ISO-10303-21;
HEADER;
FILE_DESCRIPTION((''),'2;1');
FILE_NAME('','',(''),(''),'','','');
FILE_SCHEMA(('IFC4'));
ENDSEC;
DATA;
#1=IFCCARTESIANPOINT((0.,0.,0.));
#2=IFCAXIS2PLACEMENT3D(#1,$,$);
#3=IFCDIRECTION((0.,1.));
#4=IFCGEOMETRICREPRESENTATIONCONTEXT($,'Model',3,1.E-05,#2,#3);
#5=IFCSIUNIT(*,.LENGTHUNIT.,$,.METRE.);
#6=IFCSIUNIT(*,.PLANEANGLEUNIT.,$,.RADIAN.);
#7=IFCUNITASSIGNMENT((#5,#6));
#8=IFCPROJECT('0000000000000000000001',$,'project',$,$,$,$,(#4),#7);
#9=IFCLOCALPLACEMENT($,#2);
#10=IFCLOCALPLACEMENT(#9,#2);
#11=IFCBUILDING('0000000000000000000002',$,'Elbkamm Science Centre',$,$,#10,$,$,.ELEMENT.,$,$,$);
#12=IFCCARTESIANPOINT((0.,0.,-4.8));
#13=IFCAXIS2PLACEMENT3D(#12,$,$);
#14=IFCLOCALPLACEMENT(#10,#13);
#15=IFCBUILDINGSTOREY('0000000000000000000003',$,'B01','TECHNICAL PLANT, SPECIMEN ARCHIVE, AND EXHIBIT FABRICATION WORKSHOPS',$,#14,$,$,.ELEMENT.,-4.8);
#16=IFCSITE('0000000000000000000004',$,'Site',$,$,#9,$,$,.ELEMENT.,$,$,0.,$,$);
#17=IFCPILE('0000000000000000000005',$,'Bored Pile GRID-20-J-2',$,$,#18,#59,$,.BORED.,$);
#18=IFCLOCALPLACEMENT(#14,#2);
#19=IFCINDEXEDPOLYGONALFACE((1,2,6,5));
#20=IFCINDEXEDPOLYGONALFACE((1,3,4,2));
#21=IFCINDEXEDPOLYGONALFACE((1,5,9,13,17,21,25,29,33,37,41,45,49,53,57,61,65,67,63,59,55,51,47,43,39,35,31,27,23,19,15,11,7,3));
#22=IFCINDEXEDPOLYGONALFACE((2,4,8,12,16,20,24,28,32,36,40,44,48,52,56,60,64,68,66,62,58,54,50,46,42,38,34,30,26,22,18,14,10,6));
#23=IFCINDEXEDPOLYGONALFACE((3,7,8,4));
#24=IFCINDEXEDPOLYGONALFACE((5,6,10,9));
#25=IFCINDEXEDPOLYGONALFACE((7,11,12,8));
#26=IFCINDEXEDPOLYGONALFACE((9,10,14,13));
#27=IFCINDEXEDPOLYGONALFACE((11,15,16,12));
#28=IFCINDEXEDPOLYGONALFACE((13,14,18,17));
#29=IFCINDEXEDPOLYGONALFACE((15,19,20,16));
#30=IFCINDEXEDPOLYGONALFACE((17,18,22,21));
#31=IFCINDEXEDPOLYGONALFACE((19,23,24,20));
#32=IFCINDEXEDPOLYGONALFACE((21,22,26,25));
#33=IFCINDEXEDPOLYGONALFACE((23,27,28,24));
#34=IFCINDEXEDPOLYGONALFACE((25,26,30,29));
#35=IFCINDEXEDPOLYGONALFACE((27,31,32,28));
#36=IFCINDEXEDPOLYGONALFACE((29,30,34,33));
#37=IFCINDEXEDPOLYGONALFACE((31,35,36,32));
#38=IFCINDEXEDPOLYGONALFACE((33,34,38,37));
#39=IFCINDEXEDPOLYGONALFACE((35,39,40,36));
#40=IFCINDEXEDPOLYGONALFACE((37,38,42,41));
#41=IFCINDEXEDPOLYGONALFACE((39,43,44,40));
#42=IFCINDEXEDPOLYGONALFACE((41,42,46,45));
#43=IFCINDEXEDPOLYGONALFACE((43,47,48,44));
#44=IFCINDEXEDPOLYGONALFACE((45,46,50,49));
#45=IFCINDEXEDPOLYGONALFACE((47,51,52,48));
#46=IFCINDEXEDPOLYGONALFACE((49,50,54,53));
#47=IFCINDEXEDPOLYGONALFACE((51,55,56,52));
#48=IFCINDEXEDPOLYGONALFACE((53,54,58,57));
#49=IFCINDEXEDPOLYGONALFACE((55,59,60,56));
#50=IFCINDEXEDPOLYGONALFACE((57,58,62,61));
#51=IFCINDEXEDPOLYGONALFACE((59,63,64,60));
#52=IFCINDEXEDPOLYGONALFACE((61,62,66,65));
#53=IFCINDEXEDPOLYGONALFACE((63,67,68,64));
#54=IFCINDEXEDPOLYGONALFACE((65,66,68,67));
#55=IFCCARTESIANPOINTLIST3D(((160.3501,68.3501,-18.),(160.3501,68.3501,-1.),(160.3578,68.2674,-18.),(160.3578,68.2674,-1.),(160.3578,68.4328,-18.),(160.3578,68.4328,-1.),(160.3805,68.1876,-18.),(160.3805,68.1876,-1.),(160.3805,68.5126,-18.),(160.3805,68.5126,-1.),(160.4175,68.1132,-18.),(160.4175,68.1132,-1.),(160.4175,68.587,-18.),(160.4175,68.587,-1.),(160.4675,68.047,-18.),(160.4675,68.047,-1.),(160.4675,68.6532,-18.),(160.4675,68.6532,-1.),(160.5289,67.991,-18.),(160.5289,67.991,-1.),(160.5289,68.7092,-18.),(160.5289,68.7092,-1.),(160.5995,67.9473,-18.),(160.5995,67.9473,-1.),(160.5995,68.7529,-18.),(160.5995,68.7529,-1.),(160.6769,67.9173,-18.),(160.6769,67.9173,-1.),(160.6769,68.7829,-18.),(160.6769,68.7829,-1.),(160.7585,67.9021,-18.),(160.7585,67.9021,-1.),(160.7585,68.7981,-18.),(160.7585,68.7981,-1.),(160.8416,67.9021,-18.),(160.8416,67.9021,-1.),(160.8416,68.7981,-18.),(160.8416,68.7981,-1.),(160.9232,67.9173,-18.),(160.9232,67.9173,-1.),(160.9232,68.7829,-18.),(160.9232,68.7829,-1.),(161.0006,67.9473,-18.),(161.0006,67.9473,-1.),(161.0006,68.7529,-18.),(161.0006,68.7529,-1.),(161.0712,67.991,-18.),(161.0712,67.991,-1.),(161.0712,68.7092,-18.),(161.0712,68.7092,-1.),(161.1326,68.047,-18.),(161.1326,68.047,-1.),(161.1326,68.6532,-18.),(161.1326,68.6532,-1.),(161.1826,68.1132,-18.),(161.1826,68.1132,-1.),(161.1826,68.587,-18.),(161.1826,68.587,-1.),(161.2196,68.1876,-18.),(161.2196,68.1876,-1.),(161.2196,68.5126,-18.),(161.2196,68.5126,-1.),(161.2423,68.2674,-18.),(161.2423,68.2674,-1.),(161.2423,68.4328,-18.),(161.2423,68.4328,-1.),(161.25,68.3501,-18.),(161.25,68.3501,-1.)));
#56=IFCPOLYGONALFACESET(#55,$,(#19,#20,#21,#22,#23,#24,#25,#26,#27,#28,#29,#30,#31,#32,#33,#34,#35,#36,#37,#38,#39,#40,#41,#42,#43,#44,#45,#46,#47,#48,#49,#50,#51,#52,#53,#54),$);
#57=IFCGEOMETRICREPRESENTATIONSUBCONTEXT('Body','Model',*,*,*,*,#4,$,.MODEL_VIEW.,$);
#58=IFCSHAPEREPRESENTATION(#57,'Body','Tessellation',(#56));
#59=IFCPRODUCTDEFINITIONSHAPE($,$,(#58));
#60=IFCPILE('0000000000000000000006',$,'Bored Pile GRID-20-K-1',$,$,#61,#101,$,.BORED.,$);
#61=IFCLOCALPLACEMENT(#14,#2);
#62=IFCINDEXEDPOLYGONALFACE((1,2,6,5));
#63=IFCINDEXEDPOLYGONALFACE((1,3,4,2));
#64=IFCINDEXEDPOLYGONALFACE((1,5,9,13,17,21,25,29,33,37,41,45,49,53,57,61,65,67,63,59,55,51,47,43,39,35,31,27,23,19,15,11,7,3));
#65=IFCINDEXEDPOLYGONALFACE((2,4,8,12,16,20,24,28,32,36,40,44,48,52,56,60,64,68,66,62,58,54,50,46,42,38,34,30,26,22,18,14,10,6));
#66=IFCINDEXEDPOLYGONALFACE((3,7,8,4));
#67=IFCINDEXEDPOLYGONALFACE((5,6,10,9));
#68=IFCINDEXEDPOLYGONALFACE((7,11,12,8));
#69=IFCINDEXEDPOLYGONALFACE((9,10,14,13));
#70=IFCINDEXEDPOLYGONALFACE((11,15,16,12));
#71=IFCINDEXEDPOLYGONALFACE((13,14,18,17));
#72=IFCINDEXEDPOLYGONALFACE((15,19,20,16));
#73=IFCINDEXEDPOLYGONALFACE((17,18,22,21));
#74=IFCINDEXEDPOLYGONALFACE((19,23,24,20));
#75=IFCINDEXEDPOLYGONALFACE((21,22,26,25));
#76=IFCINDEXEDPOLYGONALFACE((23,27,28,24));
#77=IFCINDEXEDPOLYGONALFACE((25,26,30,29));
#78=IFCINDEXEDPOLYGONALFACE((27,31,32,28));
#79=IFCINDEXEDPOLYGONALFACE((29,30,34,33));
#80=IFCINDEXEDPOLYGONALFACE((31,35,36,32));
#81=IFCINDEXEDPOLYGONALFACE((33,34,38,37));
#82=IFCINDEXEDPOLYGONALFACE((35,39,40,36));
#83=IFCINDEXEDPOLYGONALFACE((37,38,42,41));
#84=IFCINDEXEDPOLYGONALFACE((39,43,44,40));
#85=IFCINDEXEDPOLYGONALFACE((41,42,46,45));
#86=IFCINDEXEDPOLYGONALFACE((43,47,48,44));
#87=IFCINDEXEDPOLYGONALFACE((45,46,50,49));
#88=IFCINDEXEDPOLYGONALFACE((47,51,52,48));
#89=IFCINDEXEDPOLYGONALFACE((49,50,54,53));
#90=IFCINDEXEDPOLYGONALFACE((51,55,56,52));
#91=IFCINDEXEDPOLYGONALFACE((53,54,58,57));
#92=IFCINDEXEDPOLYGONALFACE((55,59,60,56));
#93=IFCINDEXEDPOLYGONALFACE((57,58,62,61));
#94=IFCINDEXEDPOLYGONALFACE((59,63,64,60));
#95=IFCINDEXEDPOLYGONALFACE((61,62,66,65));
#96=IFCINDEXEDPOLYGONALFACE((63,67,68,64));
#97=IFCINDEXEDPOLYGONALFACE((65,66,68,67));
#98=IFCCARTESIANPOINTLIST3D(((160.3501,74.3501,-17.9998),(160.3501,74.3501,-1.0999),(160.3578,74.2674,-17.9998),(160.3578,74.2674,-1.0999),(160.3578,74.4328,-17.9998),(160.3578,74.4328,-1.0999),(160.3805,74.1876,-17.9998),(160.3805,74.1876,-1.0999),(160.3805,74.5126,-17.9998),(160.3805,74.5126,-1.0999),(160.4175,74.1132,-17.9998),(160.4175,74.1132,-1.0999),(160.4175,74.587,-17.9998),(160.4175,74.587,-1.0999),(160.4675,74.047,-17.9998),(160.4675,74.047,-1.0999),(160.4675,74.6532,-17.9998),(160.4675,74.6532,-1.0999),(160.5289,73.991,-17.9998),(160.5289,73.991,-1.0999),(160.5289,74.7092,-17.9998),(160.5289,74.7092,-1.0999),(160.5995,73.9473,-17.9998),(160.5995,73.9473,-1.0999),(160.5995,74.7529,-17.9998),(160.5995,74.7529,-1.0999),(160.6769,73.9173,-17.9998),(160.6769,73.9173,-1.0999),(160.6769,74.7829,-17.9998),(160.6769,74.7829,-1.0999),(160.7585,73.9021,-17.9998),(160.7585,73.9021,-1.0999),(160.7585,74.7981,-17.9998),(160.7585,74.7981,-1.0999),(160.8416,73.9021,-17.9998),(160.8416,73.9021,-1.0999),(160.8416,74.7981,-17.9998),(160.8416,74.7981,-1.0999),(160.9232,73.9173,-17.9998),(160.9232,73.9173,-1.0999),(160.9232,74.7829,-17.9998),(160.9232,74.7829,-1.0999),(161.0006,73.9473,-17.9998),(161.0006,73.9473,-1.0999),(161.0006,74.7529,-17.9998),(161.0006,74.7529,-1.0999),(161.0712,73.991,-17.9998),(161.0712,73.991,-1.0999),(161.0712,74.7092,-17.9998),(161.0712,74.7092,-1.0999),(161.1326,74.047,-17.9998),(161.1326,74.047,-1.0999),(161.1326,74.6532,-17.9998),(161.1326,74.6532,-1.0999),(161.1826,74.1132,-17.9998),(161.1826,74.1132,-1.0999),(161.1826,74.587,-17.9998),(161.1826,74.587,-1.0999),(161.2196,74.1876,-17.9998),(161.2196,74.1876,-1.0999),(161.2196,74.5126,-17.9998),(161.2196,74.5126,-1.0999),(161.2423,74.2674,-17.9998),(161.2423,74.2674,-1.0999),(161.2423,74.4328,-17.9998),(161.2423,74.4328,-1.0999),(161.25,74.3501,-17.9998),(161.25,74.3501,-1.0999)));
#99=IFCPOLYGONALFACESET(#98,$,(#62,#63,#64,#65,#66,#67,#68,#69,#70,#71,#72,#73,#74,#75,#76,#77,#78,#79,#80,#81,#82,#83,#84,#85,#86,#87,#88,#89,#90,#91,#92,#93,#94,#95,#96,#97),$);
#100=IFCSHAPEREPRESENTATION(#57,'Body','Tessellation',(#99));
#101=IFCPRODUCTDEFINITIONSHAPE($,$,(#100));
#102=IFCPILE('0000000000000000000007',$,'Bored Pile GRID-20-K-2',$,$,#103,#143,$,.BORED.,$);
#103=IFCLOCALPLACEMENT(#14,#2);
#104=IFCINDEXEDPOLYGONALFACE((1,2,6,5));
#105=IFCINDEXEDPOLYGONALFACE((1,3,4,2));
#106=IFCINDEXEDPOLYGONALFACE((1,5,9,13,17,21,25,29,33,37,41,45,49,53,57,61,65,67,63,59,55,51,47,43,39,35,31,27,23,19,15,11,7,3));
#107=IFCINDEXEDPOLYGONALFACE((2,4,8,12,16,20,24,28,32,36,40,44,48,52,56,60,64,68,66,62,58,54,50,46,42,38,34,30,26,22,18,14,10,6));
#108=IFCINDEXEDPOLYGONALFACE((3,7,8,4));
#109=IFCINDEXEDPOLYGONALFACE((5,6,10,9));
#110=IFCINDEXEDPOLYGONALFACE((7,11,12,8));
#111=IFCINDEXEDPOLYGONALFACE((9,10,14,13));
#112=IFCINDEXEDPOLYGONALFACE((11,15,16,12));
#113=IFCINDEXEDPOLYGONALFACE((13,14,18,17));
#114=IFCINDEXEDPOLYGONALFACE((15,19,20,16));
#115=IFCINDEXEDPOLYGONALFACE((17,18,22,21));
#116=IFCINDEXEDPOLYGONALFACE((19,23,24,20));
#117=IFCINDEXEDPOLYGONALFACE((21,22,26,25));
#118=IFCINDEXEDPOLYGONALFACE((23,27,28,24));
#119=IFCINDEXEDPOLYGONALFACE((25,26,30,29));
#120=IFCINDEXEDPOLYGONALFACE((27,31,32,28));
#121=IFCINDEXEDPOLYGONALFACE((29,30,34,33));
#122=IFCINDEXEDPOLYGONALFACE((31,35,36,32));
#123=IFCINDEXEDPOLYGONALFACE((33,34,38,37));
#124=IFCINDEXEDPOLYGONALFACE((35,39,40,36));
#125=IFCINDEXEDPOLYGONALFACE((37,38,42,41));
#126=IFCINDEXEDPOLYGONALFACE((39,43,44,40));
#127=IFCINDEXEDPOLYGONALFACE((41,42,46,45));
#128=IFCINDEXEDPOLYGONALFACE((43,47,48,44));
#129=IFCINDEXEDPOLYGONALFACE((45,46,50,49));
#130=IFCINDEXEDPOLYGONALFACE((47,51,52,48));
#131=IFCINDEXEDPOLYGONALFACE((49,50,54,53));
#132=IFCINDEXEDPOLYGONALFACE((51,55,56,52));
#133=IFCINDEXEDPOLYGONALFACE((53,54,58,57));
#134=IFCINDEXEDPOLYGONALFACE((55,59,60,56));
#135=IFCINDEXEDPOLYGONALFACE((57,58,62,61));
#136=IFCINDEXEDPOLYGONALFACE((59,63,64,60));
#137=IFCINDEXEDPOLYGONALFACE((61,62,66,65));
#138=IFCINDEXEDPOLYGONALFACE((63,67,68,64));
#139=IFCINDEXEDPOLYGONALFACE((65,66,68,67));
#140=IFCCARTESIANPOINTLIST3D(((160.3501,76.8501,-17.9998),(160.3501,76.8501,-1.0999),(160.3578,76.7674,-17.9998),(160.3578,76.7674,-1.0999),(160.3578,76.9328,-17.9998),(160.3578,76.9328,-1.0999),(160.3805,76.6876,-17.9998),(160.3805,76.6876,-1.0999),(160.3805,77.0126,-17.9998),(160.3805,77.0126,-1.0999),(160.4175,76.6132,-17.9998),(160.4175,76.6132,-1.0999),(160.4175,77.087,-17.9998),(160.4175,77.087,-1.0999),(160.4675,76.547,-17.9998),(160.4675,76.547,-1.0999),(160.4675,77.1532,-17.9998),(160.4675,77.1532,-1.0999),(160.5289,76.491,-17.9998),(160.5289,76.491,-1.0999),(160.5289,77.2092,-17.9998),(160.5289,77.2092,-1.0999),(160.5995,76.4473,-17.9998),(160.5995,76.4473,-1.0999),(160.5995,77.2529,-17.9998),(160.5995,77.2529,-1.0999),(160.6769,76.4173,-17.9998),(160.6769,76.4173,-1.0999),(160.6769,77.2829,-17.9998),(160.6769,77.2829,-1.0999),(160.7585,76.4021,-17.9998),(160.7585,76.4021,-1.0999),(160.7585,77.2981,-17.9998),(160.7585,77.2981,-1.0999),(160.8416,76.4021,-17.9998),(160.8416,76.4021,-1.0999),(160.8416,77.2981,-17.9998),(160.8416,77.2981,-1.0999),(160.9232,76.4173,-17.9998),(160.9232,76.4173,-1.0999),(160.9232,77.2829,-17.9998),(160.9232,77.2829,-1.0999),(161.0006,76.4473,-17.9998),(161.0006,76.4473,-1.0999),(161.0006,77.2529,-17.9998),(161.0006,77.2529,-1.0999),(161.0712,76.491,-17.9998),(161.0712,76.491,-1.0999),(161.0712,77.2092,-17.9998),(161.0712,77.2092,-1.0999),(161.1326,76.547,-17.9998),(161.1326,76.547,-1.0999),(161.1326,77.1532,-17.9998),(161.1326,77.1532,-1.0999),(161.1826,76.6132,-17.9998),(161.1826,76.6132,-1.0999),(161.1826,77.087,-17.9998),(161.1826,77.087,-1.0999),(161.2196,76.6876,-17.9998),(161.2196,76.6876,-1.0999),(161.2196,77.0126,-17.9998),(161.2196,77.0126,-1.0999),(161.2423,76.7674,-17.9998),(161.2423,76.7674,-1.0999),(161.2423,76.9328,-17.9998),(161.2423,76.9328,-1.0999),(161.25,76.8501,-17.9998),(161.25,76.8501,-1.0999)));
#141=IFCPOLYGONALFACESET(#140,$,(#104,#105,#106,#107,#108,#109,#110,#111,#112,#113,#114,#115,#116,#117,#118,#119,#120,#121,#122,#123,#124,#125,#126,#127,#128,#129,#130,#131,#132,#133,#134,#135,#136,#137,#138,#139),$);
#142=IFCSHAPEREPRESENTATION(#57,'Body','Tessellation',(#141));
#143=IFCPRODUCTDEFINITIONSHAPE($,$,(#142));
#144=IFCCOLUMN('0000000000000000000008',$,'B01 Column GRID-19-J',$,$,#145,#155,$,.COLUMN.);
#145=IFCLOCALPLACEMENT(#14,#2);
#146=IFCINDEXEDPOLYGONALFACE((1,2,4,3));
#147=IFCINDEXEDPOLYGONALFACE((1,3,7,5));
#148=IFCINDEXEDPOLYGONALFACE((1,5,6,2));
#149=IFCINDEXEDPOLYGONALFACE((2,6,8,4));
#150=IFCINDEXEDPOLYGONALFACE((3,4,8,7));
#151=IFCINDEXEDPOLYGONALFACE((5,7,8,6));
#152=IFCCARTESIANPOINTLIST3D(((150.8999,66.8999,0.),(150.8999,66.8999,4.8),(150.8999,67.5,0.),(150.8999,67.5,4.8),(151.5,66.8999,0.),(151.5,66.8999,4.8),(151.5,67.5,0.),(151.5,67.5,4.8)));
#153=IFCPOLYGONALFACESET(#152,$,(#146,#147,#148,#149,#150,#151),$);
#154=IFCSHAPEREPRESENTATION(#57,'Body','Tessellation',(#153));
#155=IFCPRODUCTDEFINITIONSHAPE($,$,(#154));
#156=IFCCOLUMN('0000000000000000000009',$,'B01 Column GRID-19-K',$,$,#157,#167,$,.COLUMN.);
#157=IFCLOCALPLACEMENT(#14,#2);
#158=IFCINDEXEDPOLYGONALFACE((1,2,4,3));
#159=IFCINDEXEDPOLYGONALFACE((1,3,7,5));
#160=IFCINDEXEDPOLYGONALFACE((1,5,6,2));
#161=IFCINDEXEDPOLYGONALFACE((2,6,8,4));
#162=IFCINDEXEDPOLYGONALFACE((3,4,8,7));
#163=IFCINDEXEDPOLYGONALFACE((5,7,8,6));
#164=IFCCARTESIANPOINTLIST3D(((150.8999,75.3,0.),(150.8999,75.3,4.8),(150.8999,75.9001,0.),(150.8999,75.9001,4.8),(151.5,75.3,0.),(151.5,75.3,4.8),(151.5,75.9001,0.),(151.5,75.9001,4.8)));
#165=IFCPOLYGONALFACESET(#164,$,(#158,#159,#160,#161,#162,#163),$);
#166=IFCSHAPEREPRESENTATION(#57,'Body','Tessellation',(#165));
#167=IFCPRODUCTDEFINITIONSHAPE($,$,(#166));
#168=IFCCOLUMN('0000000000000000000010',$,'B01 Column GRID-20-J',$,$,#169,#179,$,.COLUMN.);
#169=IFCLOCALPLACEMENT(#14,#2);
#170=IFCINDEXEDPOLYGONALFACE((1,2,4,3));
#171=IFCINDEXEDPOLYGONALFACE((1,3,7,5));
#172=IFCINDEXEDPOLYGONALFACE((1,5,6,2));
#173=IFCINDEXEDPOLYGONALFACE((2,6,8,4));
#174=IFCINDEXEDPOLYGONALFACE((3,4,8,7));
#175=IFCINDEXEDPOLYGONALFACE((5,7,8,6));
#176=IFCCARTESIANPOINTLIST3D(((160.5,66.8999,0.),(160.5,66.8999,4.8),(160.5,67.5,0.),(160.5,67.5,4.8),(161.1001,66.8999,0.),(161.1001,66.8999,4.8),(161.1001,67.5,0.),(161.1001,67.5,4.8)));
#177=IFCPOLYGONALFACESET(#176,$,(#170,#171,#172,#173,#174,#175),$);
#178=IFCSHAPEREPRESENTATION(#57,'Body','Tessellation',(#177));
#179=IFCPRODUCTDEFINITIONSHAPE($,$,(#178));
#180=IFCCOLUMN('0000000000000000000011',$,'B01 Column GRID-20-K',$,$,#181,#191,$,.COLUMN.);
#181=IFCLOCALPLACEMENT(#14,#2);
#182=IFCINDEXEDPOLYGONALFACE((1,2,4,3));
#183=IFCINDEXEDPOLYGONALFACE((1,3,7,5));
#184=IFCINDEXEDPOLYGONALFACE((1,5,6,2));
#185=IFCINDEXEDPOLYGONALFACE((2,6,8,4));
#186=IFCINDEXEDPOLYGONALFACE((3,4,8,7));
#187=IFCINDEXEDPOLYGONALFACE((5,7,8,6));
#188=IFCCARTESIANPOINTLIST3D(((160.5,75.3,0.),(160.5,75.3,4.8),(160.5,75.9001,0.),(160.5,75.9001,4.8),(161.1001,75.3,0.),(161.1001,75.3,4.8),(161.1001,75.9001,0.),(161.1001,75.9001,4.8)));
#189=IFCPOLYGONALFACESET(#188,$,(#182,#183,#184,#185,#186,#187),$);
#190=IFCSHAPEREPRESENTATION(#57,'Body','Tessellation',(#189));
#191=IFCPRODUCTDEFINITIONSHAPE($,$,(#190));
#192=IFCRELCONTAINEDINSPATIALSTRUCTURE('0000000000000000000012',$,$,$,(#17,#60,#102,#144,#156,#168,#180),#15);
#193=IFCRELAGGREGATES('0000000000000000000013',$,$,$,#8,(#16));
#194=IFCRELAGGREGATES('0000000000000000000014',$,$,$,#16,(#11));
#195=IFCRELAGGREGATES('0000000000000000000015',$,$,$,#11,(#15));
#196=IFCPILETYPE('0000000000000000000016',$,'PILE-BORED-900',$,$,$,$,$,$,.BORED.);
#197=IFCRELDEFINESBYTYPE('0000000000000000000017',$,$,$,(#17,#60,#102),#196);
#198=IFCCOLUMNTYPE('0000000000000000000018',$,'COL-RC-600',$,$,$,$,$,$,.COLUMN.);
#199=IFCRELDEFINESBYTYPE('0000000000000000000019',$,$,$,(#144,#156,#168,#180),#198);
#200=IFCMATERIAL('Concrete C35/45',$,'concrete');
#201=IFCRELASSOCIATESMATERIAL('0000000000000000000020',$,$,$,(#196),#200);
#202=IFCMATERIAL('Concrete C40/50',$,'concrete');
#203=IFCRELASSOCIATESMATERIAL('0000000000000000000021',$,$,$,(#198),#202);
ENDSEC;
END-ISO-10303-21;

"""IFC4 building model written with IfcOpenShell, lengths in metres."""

from ifc_helpers import new_model, si_unit, direction, frame, origin, origin_2d, place, context, subcontext, project, spatial, rectangle, circle, extrude, material, material_profile, profile_set, type_object, element, save


model = new_model("IFC4")

# Units and contexts
model_context = context("Model", 3, precision=1e-05, world=origin(), true_north=direction((0.0, 1.0)))
body_context = subcontext(model_context, "Body", "Model", "MODEL_VIEW")
ifc_project = project(units=[si_unit("LENGTHUNIT", "METRE"), si_unit("PLANEANGLEUNIT", "RADIAN")], contexts=[model_context])

# Site, building, storey
site_placement = place(None, origin())
site = spatial("IfcSite", under=ifc_project, at=site_placement, Name="Site", CompositionType="ELEMENT", RefElevation=0.0)
building_placement = place(site_placement, origin())
building = spatial("IfcBuilding", under=site, at=building_placement, Name="Elbkamm Science Centre", CompositionType="ELEMENT")
storey_placement = place(building_placement, frame((0.0, 0.0, -4.8)))
storey = spatial("IfcBuildingStorey", under=building, at=storey_placement, Name="B01", Description="TECHNICAL PLANT, SPECIMEN ARCHIVE, AND EXHIBIT FABRICATION WORKSHOPS", CompositionType="ELEMENT", Elevation=-4.8)

# Shared definitions
ifc_material_1 = material(Name="Concrete C35/45", Category="concrete")

# Piles
ifc_material_profile_1 = material_profile(ifc_material_1, circle(Radius=0.45, at=origin_2d()), Name="PILE D900")
ifc_profile_set_1 = profile_set([ifc_material_profile_1], Name="Concrete C35/45")
pile_type = type_object("IfcPileType", Name="PILE-BORED-900", PredefinedType="BORED", material=ifc_profile_set_1)
for number, where, z_axis, x_axis, name in (
    (1, (160.8, 68.3501, -1.0), (0.0, 0.0, -1.0), (1.0, 0.0, 0.0), "Bored Pile GRID-20-J-2"),
):
    element("IfcPile", number, at=place(storey_placement, frame(where, z_axis=z_axis, x_axis=x_axis)), inside=storey, type_object=pile_type, Name=name, PredefinedType="BORED", context=body_context, shape_type="SweptSolid", body=[
        extrude(circle(Radius=0.45, at=origin_2d()), origin(), (0.0, 0.0, 1.0), 17.0),
    ])
for number, where, z_axis, x_axis, name in (
    (2, (160.8, 74.3501, -1.0999), (0.0, 0.0, -1.0), (1.0, 0.0, 0.0), "Bored Pile GRID-20-K-1"),
    (3, (160.8, 76.8501, -1.0999), (0.0, 0.0, -1.0), (1.0, 0.0, 0.0), "Bored Pile GRID-20-K-2"),
):
    element("IfcPile", number, at=place(storey_placement, frame(where, z_axis=z_axis, x_axis=x_axis)), inside=storey, type_object=pile_type, Name=name, PredefinedType="BORED", context=body_context, shape_type="SweptSolid", body=[
        extrude(circle(Radius=0.45, at=origin_2d()), origin(), (0.0, 0.0, 1.0), 16.8999),
    ])

# Columns
ifc_material_2 = material(Name="Concrete C40/50", Category="concrete")
ifc_material_profile_2 = material_profile(ifc_material_2, rectangle(XDim=0.6001, YDim=0.6001, at=origin_2d()), Name="RC 600x600")
ifc_profile_set_2 = profile_set([ifc_material_profile_2], Name="Concrete C40/50")
column_type = type_object("IfcColumnType", Name="COL-RC-600", PredefinedType="COLUMN", material=ifc_profile_set_2)
for number, where, z_axis, x_axis, name in (
    (4, (151.2, 67.2, 0.0), (0.0, 0.0, 1.0), (1.0, 0.0, 0.0), "B01 Column GRID-19-J"),
    (5, (151.2, 75.6001, 0.0), (0.0, 0.0, 1.0), (1.0, 0.0, 0.0), "B01 Column GRID-19-K"),
    (6, (160.8, 67.2, 0.0), (0.0, 0.0, 1.0), (1.0, 0.0, 0.0), "B01 Column GRID-20-J"),
    (7, (160.8, 75.6001, 0.0), (0.0, 0.0, 1.0), (1.0, 0.0, 0.0), "B01 Column GRID-20-K"),
):
    element("IfcColumn", number, at=place(storey_placement, frame(where, z_axis=z_axis, x_axis=x_axis)), inside=storey, type_object=column_type, Name=name, PredefinedType="COLUMN", context=body_context, shape_type="SweptSolid", body=[
        extrude(rectangle(XDim=0.6001, YDim=0.6001, at=origin_2d()), origin(), (0.0, 0.0, 1.0), 4.8),
    ])

save(model, "model.ifc")
